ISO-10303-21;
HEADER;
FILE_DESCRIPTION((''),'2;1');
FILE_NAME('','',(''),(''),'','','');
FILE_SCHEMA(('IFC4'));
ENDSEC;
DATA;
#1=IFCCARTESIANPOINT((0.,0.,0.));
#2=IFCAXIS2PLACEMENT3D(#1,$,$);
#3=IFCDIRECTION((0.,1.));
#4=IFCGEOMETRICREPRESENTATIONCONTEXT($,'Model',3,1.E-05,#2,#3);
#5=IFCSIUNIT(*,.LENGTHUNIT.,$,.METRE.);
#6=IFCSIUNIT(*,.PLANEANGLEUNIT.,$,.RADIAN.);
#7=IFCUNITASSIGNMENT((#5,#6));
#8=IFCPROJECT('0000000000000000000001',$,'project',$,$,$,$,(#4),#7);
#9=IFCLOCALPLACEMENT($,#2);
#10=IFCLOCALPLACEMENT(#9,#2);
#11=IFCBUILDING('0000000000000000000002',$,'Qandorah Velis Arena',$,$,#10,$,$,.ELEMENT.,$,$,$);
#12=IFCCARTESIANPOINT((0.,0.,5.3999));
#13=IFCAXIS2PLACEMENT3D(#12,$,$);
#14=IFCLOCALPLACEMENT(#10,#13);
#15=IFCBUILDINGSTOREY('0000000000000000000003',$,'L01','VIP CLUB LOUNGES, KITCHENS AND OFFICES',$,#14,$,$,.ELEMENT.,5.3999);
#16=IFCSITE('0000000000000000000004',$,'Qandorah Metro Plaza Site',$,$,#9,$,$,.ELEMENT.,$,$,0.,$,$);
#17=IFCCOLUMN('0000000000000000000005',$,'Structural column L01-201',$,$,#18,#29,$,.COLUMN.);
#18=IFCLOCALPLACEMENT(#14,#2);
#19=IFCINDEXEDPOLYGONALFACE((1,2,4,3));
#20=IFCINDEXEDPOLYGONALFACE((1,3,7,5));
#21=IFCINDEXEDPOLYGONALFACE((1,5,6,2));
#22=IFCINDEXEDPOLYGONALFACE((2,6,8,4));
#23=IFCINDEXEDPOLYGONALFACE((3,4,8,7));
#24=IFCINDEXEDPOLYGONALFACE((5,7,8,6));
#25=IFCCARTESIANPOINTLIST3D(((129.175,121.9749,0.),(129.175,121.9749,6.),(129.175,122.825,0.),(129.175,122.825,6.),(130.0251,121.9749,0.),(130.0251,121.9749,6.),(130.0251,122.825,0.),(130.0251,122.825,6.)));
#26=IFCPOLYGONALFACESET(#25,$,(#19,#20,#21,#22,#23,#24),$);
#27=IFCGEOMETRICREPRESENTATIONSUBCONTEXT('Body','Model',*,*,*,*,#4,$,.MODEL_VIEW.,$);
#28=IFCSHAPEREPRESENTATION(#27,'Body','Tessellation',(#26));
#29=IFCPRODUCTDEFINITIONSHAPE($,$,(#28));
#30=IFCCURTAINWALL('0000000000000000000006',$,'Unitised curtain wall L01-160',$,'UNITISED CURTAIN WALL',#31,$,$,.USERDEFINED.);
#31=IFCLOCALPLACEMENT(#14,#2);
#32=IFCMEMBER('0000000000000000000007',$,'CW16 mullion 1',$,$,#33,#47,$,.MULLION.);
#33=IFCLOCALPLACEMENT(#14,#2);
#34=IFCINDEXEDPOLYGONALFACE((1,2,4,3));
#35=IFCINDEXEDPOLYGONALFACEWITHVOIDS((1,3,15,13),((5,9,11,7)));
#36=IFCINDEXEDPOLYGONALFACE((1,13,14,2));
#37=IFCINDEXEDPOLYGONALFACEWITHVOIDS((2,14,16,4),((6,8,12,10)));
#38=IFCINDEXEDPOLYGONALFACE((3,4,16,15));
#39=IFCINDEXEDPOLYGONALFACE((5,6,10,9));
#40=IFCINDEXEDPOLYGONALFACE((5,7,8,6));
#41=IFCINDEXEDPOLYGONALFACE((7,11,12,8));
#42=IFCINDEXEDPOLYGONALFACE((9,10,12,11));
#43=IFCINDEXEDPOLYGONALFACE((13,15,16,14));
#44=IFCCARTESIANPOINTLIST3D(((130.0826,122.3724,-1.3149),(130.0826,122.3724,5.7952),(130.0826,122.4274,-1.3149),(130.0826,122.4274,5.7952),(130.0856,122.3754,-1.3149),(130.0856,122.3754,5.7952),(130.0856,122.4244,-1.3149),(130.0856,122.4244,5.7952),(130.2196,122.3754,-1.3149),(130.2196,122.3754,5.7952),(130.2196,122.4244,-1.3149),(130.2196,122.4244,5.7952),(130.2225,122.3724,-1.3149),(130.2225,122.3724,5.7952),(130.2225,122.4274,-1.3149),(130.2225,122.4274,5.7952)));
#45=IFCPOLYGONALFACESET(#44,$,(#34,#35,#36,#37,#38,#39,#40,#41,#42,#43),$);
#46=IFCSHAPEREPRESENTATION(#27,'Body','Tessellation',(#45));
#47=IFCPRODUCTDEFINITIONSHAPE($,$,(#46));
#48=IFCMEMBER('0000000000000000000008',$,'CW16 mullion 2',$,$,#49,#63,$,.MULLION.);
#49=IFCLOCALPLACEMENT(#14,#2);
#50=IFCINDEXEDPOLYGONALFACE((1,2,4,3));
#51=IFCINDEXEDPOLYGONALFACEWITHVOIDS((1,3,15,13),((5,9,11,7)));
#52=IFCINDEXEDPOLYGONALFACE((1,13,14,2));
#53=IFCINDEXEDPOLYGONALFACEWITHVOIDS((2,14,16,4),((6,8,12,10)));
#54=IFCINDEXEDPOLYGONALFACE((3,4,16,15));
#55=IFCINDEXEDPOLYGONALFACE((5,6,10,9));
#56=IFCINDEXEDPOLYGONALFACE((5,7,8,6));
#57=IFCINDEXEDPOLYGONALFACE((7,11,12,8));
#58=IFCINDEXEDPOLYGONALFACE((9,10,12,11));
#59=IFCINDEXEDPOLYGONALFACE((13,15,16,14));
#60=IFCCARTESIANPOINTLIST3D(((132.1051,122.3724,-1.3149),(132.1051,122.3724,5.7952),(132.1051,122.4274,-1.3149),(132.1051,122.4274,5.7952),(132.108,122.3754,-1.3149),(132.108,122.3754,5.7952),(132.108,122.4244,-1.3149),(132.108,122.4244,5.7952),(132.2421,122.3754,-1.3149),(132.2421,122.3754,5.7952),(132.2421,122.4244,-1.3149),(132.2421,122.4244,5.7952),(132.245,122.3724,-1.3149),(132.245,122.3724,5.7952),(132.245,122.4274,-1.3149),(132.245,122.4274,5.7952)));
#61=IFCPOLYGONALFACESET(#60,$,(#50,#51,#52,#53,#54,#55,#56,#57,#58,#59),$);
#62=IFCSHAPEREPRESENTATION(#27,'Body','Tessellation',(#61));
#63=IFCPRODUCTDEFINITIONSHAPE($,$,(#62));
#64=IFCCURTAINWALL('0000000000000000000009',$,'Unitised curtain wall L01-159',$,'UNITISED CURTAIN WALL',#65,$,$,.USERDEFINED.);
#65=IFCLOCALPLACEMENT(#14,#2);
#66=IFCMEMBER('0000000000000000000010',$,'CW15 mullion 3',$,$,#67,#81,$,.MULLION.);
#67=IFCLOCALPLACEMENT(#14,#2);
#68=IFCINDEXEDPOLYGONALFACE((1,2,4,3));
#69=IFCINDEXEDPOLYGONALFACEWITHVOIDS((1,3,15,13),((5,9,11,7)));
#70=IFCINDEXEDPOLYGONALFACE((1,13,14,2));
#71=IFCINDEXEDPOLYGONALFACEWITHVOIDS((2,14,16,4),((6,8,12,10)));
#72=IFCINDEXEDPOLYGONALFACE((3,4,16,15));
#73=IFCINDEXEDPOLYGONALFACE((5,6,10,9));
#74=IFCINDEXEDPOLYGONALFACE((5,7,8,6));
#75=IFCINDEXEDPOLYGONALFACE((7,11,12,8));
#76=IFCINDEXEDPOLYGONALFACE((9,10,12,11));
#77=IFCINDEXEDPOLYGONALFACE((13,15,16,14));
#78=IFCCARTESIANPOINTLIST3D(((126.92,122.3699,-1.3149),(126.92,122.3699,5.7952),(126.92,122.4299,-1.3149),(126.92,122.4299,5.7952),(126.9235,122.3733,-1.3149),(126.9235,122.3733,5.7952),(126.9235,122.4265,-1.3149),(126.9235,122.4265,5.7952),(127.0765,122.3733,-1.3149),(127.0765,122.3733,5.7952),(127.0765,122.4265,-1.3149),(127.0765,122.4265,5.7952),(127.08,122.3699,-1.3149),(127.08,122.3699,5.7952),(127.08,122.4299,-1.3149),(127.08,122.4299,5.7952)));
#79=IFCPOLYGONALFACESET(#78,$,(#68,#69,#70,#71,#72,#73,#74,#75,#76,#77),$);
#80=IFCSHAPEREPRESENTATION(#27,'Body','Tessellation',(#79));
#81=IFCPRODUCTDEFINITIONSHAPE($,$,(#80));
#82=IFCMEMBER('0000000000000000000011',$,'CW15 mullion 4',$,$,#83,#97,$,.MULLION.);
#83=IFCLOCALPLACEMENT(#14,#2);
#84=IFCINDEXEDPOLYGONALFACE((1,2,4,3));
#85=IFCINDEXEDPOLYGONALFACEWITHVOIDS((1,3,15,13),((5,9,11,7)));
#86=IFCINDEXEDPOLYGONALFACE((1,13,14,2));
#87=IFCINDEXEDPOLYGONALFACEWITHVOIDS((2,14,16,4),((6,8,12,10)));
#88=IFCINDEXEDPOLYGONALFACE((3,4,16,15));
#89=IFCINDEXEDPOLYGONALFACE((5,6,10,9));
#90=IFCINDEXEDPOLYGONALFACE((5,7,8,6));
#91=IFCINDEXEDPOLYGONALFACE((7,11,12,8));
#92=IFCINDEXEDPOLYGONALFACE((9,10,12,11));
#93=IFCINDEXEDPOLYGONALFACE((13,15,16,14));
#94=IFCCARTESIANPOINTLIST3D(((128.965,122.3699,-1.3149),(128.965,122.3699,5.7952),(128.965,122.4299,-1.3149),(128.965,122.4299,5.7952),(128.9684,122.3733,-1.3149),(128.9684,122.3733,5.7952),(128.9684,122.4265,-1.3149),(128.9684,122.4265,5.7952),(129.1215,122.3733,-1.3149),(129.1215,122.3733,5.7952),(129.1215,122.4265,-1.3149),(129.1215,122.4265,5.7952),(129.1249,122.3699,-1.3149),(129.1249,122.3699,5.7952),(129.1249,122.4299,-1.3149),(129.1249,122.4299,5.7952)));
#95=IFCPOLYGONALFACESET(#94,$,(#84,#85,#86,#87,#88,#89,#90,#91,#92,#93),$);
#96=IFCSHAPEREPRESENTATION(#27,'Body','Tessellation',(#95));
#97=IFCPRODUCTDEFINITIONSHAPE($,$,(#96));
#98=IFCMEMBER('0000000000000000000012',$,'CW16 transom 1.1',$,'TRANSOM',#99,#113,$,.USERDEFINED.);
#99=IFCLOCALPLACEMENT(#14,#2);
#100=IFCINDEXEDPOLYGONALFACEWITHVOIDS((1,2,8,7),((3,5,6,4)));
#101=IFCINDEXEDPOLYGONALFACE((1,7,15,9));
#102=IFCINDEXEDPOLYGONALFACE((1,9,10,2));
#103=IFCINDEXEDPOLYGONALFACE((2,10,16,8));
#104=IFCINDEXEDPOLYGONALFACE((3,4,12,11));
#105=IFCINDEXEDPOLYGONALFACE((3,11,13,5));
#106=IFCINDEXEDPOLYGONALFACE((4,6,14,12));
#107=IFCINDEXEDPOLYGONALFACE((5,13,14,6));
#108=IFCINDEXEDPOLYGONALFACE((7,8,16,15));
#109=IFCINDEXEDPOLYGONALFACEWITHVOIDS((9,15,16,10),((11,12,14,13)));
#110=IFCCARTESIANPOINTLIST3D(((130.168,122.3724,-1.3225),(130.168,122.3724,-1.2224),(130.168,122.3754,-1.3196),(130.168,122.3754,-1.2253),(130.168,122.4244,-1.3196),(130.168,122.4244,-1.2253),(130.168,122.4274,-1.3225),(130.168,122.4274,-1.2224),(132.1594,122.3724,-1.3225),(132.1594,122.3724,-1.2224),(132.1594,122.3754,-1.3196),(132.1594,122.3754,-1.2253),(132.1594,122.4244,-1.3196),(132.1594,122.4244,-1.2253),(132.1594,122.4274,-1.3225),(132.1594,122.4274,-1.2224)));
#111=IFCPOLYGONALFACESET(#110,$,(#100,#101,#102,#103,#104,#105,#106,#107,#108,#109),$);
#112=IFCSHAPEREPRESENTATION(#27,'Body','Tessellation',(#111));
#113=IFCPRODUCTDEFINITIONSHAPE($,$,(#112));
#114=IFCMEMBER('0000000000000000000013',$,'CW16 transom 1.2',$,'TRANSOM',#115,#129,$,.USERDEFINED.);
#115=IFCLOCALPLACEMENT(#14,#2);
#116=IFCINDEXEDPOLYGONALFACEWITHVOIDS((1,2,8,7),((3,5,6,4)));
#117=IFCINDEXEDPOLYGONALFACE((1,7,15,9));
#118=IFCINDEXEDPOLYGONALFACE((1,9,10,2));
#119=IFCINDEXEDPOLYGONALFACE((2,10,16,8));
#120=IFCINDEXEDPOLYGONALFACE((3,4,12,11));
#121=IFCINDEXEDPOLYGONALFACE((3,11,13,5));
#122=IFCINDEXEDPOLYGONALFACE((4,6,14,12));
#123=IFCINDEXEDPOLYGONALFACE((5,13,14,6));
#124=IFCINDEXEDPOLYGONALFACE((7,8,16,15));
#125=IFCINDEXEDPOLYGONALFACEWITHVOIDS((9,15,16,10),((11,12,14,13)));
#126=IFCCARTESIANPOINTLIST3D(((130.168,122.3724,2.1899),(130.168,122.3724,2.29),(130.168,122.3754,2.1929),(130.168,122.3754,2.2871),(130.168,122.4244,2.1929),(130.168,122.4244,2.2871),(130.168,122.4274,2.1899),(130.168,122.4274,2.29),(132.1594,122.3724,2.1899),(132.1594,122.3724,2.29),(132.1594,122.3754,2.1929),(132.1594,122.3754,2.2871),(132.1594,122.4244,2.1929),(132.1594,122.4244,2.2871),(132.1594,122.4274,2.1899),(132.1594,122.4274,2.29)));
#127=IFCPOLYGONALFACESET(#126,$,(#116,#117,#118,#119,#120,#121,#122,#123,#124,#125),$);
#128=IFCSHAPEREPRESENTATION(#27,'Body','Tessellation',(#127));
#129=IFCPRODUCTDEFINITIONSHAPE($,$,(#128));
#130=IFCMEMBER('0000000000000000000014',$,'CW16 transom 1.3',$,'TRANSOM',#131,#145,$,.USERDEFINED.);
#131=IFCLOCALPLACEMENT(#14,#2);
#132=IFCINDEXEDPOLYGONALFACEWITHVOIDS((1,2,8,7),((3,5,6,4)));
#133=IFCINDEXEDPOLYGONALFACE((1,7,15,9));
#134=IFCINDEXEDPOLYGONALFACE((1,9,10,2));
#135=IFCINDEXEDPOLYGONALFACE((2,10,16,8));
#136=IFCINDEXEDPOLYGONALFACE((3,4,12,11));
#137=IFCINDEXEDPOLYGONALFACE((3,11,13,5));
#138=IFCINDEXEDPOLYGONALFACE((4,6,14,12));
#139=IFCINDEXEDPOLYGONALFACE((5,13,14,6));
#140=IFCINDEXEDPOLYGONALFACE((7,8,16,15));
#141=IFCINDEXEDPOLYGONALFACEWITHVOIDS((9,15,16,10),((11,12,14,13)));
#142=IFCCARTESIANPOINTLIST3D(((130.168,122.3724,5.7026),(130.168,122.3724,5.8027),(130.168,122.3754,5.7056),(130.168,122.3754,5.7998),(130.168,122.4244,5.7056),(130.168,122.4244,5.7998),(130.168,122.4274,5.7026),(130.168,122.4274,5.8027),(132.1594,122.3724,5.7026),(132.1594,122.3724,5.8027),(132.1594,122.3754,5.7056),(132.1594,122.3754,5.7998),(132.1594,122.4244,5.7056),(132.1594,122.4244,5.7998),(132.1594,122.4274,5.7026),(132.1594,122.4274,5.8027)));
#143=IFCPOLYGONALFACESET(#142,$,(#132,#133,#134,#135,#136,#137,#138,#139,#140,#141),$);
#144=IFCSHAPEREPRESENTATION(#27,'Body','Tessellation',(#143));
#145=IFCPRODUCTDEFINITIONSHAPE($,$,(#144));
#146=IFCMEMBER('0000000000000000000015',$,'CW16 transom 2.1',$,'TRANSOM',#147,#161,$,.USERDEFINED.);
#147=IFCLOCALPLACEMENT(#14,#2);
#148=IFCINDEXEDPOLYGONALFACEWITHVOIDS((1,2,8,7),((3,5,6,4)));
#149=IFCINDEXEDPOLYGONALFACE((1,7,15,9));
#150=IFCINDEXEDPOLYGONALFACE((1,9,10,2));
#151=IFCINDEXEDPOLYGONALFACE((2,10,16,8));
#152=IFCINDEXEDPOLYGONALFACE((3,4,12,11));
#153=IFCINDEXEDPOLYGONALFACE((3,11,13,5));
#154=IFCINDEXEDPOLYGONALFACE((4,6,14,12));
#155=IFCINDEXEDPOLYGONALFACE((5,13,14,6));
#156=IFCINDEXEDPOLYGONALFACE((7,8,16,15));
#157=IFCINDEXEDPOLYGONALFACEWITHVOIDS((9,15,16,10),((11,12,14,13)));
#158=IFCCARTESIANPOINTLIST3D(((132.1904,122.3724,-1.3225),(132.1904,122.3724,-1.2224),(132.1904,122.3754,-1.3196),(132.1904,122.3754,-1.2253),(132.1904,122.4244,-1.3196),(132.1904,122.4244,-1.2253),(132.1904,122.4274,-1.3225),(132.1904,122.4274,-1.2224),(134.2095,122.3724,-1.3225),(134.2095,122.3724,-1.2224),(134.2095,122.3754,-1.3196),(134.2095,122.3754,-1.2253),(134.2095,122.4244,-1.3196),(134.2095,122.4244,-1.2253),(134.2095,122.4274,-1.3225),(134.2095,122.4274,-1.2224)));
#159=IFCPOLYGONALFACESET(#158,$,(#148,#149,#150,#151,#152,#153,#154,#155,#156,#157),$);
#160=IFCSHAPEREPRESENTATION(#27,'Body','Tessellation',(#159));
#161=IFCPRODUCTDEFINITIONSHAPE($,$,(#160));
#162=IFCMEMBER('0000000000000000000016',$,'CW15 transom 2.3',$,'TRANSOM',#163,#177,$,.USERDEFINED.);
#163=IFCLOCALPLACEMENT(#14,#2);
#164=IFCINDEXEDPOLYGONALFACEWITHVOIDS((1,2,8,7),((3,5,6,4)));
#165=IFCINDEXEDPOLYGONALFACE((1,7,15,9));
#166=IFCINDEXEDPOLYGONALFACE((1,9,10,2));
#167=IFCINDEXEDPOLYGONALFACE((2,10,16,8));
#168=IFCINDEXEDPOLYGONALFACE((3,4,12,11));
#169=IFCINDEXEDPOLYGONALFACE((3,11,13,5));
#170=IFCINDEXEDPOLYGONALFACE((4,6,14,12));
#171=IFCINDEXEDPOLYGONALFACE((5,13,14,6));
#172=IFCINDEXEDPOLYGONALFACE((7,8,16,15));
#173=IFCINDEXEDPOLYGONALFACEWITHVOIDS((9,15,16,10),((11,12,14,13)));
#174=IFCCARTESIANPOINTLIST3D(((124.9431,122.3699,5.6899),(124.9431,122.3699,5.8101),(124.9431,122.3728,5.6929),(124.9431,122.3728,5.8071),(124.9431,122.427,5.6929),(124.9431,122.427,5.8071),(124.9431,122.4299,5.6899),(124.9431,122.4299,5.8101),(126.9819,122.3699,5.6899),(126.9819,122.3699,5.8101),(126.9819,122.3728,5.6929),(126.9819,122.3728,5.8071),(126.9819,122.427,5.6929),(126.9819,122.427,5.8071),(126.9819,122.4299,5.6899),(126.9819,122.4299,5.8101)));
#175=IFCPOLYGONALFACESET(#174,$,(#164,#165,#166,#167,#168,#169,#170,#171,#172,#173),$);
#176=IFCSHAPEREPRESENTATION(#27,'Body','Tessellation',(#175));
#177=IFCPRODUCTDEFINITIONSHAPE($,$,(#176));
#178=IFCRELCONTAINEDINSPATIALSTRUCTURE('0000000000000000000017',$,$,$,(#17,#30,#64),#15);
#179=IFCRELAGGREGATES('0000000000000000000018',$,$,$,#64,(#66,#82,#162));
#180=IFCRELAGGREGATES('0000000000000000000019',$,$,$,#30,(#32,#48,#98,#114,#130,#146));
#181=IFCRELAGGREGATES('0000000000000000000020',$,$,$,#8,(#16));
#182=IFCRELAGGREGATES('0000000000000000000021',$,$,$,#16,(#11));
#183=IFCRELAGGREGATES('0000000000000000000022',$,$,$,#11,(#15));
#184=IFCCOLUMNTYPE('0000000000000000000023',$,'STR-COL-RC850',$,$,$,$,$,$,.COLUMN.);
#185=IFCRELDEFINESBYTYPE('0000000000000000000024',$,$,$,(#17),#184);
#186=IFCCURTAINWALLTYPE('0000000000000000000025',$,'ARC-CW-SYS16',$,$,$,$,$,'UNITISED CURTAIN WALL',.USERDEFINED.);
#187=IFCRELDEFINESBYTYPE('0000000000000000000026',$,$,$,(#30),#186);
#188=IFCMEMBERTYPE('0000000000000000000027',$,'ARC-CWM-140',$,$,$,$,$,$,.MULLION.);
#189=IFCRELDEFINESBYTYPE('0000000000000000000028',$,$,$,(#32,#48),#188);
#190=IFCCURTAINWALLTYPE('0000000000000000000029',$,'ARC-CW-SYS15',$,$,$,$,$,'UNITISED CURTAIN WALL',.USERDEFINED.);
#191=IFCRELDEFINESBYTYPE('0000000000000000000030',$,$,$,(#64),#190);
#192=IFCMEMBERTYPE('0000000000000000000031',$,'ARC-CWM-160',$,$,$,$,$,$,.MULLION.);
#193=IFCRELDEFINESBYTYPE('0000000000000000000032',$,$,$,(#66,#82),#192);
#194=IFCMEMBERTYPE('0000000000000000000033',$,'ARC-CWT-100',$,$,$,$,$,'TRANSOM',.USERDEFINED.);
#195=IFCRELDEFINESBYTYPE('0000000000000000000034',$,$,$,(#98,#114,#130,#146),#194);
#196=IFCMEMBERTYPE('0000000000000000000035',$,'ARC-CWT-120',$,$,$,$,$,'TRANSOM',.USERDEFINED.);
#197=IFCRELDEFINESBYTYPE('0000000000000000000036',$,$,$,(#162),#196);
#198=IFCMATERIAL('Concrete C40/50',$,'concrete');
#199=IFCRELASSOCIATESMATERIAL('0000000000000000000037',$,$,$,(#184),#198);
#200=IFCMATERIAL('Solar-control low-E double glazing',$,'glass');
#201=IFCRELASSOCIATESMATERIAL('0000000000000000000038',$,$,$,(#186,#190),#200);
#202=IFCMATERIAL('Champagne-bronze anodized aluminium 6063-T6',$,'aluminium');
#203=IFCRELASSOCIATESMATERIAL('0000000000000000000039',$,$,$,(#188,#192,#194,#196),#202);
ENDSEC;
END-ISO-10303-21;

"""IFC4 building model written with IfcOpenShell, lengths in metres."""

from ifc_helpers import new_model, si_unit, direction, frame, origin, origin_2d, place, context, subcontext, project, spatial, rectangle, hollow_rectangle, extrude, material, material_profile, profile_set, type_object, element, aggregate, save


model = new_model("IFC4")

# Units and contexts
model_context = context("Model", 3, precision=1e-05, world=origin(), true_north=direction((0.0, 1.0)))
body_context = subcontext(model_context, "Body", "Model", "MODEL_VIEW")
ifc_project = project(units=[si_unit("LENGTHUNIT", "METRE"), si_unit("PLANEANGLEUNIT", "RADIAN")], contexts=[model_context])

# Site, building, storey
site_placement = place(None, origin())
site = spatial("IfcSite", under=ifc_project, at=site_placement, Name="Qandorah Metro Plaza Site", CompositionType="ELEMENT", RefElevation=0.0)
building_placement = place(site_placement, origin())
building = spatial("IfcBuilding", under=site, at=building_placement, Name="Qandorah Velis Arena", CompositionType="ELEMENT")
storey_placement = place(building_placement, frame((0.0, 0.0, 5.3999)))
storey = spatial("IfcBuildingStorey", under=building, at=storey_placement, Name="L01", Description="VIP CLUB LOUNGES, KITCHENS AND OFFICES", CompositionType="ELEMENT", Elevation=5.3999)

# Column
ifc_material_1 = material(Name="Concrete C40/50", Category="concrete")
ifc_material_profile_1 = material_profile(ifc_material_1, rectangle(XDim=0.8501, YDim=0.8501, at=origin_2d()), Name="RC COL 850x850")
ifc_profile_set_1 = profile_set([ifc_material_profile_1], Name="Concrete C40/50")
column_type = type_object("IfcColumnType", Name="STR-COL-RC850", PredefinedType="COLUMN", material=ifc_profile_set_1)
column_placement = place(storey_placement, frame((129.6001, 122.3999, 0.0), z_axis=(0.0, 0.0, 1.0), x_axis=(1.0, 0.0, 0.0)))
element("IfcColumn", 1, at=column_placement, inside=storey, type_object=column_type, Name="Structural column L01-201", PredefinedType="COLUMN", context=body_context, shape_type="SweptSolid", body=[
    extrude(rectangle(XDim=0.8501, YDim=0.8501, at=origin_2d()), origin(), (0.0, 0.0, 1.0), 6.0),
])

# Curtain walls, members
ifc_material_2 = material(Name="Solar-control low-E double glazing", Category="glass")
curtain_wall_type_1 = type_object("IfcCurtainWallType", Name="ARC-CW-SYS16", ElementType="UNITISED CURTAIN WALL", PredefinedType="USERDEFINED", material=ifc_material_2)
curtain_wall_1_placement = place(storey_placement, origin())
curtain_wall_1 = element("IfcCurtainWall", 2, at=curtain_wall_1_placement, inside=storey, type_object=curtain_wall_type_1, Name="Unitised curtain wall L01-160", ObjectType="UNITISED CURTAIN WALL", PredefinedType="USERDEFINED")
ifc_material_3 = material(Name="Champagne-bronze anodized aluminium 6063-T6", Category="aluminium")
ifc_material_profile_2 = material_profile(ifc_material_3, hollow_rectangle(XDim=0.0549, YDim=0.1399, WallThickness=0.0029, at=origin_2d()), Name="ALU MULLION 55x140")
ifc_profile_set_2 = profile_set([ifc_material_profile_2], Name="Champagne-bronze anodized aluminium 6063-T6")
member_type_1 = type_object("IfcMemberType", Name="ARC-CWM-140", PredefinedType="MULLION", material=ifc_profile_set_2)
member_1_placement = place(storey_placement, frame((130.1526, 122.3999, -1.3149), z_axis=(0.0, 0.0, 1.0), x_axis=(0.0, 1.0, 0.0)))
member_1 = element("IfcMember", 3, at=member_1_placement, type_object=member_type_1, Name="CW16 mullion 1", PredefinedType="MULLION", context=body_context, shape_type="SweptSolid", body=[
    extrude(hollow_rectangle(XDim=0.0549, YDim=0.1399, WallThickness=0.0029, at=origin_2d()), origin(), (0.0, 0.0, 1.0), 7.1101),
])
member_2_placement = place(storey_placement, frame((132.175, 122.3999, -1.3149), z_axis=(0.0, 0.0, 1.0), x_axis=(0.0, 1.0, 0.0)))
member_2 = element("IfcMember", 4, at=member_2_placement, type_object=member_type_1, Name="CW16 mullion 2", PredefinedType="MULLION", context=body_context, shape_type="SweptSolid", body=[
    extrude(hollow_rectangle(XDim=0.0549, YDim=0.1399, WallThickness=0.0029, at=origin_2d()), origin(), (0.0, 0.0, 1.0), 7.1101),
])
curtain_wall_type_2 = type_object("IfcCurtainWallType", Name="ARC-CW-SYS15", ElementType="UNITISED CURTAIN WALL", PredefinedType="USERDEFINED", material=ifc_material_2)
curtain_wall_2_placement = place(storey_placement, origin())
curtain_wall_2 = element("IfcCurtainWall", 5, at=curtain_wall_2_placement, inside=storey, type_object=curtain_wall_type_2, Name="Unitised curtain wall L01-159", ObjectType="UNITISED CURTAIN WALL", PredefinedType="USERDEFINED")
ifc_material_profile_3 = material_profile(ifc_material_3, hollow_rectangle(XDim=0.0601, YDim=0.1599, WallThickness=0.0034, at=origin_2d()), Name="ALU MULLION 60x160")
ifc_profile_set_3 = profile_set([ifc_material_profile_3], Name="Champagne-bronze anodized aluminium 6063-T6")
member_type_2 = type_object("IfcMemberType", Name="ARC-CWM-160", PredefinedType="MULLION", material=ifc_profile_set_3)
member_3_placement = place(storey_placement, frame((127.0, 122.3999, -1.3149), z_axis=(0.0, 0.0, 1.0), x_axis=(0.0, 1.0, 0.0)))
member_3 = element("IfcMember", 6, at=member_3_placement, type_object=member_type_2, Name="CW15 mullion 3", PredefinedType="MULLION", context=body_context, shape_type="SweptSolid", body=[
    extrude(hollow_rectangle(XDim=0.0601, YDim=0.1599, WallThickness=0.0034, at=origin_2d()), origin(), (0.0, 0.0, 1.0), 7.1101),
])
member_4_placement = place(storey_placement, frame((129.0449, 122.3999, -1.3149), z_axis=(0.0, 0.0, 1.0), x_axis=(0.0, 1.0, 0.0)))
member_4 = element("IfcMember", 7, at=member_4_placement, type_object=member_type_2, Name="CW15 mullion 4", PredefinedType="MULLION", context=body_context, shape_type="SweptSolid", body=[
    extrude(hollow_rectangle(XDim=0.0601, YDim=0.1599, WallThickness=0.0034, at=origin_2d()), origin(), (0.0, 0.0, 1.0), 7.1101),
])

# Members
ifc_material_profile_4 = material_profile(ifc_material_3, hollow_rectangle(XDim=0.0549, YDim=0.1001, WallThickness=0.0029, at=origin_2d()), Name="ALU TRANSOM 55x100")
ifc_profile_set_4 = profile_set([ifc_material_profile_4], Name="Champagne-bronze anodized aluminium 6063-T6")
member_type_3 = type_object("IfcMemberType", Name="ARC-CWT-100", ElementType="TRANSOM", PredefinedType="USERDEFINED", material=ifc_profile_set_4)
member_5_placement = place(storey_placement, frame((130.168, 122.3999, -1.2725), z_axis=(1.0, 0.0, 0.0), x_axis=(0.0, 1.0, 0.0)))
member_5 = element("IfcMember", 8, at=member_5_placement, type_object=member_type_3, Name="CW16 transom 1.1", ObjectType="TRANSOM", PredefinedType="USERDEFINED", context=body_context, shape_type="SweptSolid", body=[
    extrude(hollow_rectangle(XDim=0.0549, YDim=0.1001, WallThickness=0.0029, at=origin_2d()), origin(), (0.0, 0.0, 1.0), 1.9915),
])
member_6_placement = place(storey_placement, frame((130.168, 122.3999, 2.24), z_axis=(1.0, 0.0, 0.0), x_axis=(0.0, 1.0, 0.0)))
member_6 = element("IfcMember", 9, at=member_6_placement, type_object=member_type_3, Name="CW16 transom 1.2", ObjectType="TRANSOM", PredefinedType="USERDEFINED", context=body_context, shape_type="SweptSolid", body=[
    extrude(hollow_rectangle(XDim=0.0549, YDim=0.1001, WallThickness=0.0029, at=origin_2d()), origin(), (0.0, 0.0, 1.0), 1.9915),
])
member_7_placement = place(storey_placement, frame((130.168, 122.3999, 5.7527), z_axis=(1.0, 0.0, 0.0), x_axis=(0.0, 1.0, 0.0)))
member_7 = element("IfcMember", 10, at=member_7_placement, type_object=member_type_3, Name="CW16 transom 1.3", ObjectType="TRANSOM", PredefinedType="USERDEFINED", context=body_context, shape_type="SweptSolid", body=[
    extrude(hollow_rectangle(XDim=0.0549, YDim=0.1001, WallThickness=0.0029, at=origin_2d()), origin(), (0.0, 0.0, 1.0), 1.9915),
])
member_8_placement = place(storey_placement, frame((132.1904, 122.3999, -1.2725), z_axis=(1.0, 0.0, 0.0), x_axis=(0.0, 1.0, 0.0)))
member_8 = element("IfcMember", 11, at=member_8_placement, type_object=member_type_3, Name="CW16 transom 2.1", ObjectType="TRANSOM", PredefinedType="USERDEFINED", context=body_context, shape_type="SweptSolid", body=[
    extrude(hollow_rectangle(XDim=0.0549, YDim=0.1001, WallThickness=0.0029, at=origin_2d()), origin(), (0.0, 0.0, 1.0), 2.019),
])
ifc_material_profile_5 = material_profile(ifc_material_3, hollow_rectangle(XDim=0.0601, YDim=0.1201, WallThickness=0.0029, at=origin_2d()), Name="ALU TRANSOM 60x120")
ifc_profile_set_5 = profile_set([ifc_material_profile_5], Name="Champagne-bronze anodized aluminium 6063-T6")
member_type_4 = type_object("IfcMemberType", Name="ARC-CWT-120", ElementType="TRANSOM", PredefinedType="USERDEFINED", material=ifc_profile_set_5)
member_9_placement = place(storey_placement, frame((124.9431, 122.3999, 5.75), z_axis=(1.0, 0.0, 0.0), x_axis=(0.0, 1.0, 0.0)))
member_9 = element("IfcMember", 12, at=member_9_placement, type_object=member_type_4, Name="CW15 transom 2.3", ObjectType="TRANSOM", PredefinedType="USERDEFINED", context=body_context, shape_type="SweptSolid", body=[
    extrude(hollow_rectangle(XDim=0.0601, YDim=0.1201, WallThickness=0.0029, at=origin_2d()), origin(), (0.0, 0.0, 1.0), 2.0388),
])

aggregate(curtain_wall_2, [member_3, member_4, member_9])
aggregate(curtain_wall_1, [member_1, member_2, member_5, member_6, member_7, member_8])

save(model, "model.ifc")
